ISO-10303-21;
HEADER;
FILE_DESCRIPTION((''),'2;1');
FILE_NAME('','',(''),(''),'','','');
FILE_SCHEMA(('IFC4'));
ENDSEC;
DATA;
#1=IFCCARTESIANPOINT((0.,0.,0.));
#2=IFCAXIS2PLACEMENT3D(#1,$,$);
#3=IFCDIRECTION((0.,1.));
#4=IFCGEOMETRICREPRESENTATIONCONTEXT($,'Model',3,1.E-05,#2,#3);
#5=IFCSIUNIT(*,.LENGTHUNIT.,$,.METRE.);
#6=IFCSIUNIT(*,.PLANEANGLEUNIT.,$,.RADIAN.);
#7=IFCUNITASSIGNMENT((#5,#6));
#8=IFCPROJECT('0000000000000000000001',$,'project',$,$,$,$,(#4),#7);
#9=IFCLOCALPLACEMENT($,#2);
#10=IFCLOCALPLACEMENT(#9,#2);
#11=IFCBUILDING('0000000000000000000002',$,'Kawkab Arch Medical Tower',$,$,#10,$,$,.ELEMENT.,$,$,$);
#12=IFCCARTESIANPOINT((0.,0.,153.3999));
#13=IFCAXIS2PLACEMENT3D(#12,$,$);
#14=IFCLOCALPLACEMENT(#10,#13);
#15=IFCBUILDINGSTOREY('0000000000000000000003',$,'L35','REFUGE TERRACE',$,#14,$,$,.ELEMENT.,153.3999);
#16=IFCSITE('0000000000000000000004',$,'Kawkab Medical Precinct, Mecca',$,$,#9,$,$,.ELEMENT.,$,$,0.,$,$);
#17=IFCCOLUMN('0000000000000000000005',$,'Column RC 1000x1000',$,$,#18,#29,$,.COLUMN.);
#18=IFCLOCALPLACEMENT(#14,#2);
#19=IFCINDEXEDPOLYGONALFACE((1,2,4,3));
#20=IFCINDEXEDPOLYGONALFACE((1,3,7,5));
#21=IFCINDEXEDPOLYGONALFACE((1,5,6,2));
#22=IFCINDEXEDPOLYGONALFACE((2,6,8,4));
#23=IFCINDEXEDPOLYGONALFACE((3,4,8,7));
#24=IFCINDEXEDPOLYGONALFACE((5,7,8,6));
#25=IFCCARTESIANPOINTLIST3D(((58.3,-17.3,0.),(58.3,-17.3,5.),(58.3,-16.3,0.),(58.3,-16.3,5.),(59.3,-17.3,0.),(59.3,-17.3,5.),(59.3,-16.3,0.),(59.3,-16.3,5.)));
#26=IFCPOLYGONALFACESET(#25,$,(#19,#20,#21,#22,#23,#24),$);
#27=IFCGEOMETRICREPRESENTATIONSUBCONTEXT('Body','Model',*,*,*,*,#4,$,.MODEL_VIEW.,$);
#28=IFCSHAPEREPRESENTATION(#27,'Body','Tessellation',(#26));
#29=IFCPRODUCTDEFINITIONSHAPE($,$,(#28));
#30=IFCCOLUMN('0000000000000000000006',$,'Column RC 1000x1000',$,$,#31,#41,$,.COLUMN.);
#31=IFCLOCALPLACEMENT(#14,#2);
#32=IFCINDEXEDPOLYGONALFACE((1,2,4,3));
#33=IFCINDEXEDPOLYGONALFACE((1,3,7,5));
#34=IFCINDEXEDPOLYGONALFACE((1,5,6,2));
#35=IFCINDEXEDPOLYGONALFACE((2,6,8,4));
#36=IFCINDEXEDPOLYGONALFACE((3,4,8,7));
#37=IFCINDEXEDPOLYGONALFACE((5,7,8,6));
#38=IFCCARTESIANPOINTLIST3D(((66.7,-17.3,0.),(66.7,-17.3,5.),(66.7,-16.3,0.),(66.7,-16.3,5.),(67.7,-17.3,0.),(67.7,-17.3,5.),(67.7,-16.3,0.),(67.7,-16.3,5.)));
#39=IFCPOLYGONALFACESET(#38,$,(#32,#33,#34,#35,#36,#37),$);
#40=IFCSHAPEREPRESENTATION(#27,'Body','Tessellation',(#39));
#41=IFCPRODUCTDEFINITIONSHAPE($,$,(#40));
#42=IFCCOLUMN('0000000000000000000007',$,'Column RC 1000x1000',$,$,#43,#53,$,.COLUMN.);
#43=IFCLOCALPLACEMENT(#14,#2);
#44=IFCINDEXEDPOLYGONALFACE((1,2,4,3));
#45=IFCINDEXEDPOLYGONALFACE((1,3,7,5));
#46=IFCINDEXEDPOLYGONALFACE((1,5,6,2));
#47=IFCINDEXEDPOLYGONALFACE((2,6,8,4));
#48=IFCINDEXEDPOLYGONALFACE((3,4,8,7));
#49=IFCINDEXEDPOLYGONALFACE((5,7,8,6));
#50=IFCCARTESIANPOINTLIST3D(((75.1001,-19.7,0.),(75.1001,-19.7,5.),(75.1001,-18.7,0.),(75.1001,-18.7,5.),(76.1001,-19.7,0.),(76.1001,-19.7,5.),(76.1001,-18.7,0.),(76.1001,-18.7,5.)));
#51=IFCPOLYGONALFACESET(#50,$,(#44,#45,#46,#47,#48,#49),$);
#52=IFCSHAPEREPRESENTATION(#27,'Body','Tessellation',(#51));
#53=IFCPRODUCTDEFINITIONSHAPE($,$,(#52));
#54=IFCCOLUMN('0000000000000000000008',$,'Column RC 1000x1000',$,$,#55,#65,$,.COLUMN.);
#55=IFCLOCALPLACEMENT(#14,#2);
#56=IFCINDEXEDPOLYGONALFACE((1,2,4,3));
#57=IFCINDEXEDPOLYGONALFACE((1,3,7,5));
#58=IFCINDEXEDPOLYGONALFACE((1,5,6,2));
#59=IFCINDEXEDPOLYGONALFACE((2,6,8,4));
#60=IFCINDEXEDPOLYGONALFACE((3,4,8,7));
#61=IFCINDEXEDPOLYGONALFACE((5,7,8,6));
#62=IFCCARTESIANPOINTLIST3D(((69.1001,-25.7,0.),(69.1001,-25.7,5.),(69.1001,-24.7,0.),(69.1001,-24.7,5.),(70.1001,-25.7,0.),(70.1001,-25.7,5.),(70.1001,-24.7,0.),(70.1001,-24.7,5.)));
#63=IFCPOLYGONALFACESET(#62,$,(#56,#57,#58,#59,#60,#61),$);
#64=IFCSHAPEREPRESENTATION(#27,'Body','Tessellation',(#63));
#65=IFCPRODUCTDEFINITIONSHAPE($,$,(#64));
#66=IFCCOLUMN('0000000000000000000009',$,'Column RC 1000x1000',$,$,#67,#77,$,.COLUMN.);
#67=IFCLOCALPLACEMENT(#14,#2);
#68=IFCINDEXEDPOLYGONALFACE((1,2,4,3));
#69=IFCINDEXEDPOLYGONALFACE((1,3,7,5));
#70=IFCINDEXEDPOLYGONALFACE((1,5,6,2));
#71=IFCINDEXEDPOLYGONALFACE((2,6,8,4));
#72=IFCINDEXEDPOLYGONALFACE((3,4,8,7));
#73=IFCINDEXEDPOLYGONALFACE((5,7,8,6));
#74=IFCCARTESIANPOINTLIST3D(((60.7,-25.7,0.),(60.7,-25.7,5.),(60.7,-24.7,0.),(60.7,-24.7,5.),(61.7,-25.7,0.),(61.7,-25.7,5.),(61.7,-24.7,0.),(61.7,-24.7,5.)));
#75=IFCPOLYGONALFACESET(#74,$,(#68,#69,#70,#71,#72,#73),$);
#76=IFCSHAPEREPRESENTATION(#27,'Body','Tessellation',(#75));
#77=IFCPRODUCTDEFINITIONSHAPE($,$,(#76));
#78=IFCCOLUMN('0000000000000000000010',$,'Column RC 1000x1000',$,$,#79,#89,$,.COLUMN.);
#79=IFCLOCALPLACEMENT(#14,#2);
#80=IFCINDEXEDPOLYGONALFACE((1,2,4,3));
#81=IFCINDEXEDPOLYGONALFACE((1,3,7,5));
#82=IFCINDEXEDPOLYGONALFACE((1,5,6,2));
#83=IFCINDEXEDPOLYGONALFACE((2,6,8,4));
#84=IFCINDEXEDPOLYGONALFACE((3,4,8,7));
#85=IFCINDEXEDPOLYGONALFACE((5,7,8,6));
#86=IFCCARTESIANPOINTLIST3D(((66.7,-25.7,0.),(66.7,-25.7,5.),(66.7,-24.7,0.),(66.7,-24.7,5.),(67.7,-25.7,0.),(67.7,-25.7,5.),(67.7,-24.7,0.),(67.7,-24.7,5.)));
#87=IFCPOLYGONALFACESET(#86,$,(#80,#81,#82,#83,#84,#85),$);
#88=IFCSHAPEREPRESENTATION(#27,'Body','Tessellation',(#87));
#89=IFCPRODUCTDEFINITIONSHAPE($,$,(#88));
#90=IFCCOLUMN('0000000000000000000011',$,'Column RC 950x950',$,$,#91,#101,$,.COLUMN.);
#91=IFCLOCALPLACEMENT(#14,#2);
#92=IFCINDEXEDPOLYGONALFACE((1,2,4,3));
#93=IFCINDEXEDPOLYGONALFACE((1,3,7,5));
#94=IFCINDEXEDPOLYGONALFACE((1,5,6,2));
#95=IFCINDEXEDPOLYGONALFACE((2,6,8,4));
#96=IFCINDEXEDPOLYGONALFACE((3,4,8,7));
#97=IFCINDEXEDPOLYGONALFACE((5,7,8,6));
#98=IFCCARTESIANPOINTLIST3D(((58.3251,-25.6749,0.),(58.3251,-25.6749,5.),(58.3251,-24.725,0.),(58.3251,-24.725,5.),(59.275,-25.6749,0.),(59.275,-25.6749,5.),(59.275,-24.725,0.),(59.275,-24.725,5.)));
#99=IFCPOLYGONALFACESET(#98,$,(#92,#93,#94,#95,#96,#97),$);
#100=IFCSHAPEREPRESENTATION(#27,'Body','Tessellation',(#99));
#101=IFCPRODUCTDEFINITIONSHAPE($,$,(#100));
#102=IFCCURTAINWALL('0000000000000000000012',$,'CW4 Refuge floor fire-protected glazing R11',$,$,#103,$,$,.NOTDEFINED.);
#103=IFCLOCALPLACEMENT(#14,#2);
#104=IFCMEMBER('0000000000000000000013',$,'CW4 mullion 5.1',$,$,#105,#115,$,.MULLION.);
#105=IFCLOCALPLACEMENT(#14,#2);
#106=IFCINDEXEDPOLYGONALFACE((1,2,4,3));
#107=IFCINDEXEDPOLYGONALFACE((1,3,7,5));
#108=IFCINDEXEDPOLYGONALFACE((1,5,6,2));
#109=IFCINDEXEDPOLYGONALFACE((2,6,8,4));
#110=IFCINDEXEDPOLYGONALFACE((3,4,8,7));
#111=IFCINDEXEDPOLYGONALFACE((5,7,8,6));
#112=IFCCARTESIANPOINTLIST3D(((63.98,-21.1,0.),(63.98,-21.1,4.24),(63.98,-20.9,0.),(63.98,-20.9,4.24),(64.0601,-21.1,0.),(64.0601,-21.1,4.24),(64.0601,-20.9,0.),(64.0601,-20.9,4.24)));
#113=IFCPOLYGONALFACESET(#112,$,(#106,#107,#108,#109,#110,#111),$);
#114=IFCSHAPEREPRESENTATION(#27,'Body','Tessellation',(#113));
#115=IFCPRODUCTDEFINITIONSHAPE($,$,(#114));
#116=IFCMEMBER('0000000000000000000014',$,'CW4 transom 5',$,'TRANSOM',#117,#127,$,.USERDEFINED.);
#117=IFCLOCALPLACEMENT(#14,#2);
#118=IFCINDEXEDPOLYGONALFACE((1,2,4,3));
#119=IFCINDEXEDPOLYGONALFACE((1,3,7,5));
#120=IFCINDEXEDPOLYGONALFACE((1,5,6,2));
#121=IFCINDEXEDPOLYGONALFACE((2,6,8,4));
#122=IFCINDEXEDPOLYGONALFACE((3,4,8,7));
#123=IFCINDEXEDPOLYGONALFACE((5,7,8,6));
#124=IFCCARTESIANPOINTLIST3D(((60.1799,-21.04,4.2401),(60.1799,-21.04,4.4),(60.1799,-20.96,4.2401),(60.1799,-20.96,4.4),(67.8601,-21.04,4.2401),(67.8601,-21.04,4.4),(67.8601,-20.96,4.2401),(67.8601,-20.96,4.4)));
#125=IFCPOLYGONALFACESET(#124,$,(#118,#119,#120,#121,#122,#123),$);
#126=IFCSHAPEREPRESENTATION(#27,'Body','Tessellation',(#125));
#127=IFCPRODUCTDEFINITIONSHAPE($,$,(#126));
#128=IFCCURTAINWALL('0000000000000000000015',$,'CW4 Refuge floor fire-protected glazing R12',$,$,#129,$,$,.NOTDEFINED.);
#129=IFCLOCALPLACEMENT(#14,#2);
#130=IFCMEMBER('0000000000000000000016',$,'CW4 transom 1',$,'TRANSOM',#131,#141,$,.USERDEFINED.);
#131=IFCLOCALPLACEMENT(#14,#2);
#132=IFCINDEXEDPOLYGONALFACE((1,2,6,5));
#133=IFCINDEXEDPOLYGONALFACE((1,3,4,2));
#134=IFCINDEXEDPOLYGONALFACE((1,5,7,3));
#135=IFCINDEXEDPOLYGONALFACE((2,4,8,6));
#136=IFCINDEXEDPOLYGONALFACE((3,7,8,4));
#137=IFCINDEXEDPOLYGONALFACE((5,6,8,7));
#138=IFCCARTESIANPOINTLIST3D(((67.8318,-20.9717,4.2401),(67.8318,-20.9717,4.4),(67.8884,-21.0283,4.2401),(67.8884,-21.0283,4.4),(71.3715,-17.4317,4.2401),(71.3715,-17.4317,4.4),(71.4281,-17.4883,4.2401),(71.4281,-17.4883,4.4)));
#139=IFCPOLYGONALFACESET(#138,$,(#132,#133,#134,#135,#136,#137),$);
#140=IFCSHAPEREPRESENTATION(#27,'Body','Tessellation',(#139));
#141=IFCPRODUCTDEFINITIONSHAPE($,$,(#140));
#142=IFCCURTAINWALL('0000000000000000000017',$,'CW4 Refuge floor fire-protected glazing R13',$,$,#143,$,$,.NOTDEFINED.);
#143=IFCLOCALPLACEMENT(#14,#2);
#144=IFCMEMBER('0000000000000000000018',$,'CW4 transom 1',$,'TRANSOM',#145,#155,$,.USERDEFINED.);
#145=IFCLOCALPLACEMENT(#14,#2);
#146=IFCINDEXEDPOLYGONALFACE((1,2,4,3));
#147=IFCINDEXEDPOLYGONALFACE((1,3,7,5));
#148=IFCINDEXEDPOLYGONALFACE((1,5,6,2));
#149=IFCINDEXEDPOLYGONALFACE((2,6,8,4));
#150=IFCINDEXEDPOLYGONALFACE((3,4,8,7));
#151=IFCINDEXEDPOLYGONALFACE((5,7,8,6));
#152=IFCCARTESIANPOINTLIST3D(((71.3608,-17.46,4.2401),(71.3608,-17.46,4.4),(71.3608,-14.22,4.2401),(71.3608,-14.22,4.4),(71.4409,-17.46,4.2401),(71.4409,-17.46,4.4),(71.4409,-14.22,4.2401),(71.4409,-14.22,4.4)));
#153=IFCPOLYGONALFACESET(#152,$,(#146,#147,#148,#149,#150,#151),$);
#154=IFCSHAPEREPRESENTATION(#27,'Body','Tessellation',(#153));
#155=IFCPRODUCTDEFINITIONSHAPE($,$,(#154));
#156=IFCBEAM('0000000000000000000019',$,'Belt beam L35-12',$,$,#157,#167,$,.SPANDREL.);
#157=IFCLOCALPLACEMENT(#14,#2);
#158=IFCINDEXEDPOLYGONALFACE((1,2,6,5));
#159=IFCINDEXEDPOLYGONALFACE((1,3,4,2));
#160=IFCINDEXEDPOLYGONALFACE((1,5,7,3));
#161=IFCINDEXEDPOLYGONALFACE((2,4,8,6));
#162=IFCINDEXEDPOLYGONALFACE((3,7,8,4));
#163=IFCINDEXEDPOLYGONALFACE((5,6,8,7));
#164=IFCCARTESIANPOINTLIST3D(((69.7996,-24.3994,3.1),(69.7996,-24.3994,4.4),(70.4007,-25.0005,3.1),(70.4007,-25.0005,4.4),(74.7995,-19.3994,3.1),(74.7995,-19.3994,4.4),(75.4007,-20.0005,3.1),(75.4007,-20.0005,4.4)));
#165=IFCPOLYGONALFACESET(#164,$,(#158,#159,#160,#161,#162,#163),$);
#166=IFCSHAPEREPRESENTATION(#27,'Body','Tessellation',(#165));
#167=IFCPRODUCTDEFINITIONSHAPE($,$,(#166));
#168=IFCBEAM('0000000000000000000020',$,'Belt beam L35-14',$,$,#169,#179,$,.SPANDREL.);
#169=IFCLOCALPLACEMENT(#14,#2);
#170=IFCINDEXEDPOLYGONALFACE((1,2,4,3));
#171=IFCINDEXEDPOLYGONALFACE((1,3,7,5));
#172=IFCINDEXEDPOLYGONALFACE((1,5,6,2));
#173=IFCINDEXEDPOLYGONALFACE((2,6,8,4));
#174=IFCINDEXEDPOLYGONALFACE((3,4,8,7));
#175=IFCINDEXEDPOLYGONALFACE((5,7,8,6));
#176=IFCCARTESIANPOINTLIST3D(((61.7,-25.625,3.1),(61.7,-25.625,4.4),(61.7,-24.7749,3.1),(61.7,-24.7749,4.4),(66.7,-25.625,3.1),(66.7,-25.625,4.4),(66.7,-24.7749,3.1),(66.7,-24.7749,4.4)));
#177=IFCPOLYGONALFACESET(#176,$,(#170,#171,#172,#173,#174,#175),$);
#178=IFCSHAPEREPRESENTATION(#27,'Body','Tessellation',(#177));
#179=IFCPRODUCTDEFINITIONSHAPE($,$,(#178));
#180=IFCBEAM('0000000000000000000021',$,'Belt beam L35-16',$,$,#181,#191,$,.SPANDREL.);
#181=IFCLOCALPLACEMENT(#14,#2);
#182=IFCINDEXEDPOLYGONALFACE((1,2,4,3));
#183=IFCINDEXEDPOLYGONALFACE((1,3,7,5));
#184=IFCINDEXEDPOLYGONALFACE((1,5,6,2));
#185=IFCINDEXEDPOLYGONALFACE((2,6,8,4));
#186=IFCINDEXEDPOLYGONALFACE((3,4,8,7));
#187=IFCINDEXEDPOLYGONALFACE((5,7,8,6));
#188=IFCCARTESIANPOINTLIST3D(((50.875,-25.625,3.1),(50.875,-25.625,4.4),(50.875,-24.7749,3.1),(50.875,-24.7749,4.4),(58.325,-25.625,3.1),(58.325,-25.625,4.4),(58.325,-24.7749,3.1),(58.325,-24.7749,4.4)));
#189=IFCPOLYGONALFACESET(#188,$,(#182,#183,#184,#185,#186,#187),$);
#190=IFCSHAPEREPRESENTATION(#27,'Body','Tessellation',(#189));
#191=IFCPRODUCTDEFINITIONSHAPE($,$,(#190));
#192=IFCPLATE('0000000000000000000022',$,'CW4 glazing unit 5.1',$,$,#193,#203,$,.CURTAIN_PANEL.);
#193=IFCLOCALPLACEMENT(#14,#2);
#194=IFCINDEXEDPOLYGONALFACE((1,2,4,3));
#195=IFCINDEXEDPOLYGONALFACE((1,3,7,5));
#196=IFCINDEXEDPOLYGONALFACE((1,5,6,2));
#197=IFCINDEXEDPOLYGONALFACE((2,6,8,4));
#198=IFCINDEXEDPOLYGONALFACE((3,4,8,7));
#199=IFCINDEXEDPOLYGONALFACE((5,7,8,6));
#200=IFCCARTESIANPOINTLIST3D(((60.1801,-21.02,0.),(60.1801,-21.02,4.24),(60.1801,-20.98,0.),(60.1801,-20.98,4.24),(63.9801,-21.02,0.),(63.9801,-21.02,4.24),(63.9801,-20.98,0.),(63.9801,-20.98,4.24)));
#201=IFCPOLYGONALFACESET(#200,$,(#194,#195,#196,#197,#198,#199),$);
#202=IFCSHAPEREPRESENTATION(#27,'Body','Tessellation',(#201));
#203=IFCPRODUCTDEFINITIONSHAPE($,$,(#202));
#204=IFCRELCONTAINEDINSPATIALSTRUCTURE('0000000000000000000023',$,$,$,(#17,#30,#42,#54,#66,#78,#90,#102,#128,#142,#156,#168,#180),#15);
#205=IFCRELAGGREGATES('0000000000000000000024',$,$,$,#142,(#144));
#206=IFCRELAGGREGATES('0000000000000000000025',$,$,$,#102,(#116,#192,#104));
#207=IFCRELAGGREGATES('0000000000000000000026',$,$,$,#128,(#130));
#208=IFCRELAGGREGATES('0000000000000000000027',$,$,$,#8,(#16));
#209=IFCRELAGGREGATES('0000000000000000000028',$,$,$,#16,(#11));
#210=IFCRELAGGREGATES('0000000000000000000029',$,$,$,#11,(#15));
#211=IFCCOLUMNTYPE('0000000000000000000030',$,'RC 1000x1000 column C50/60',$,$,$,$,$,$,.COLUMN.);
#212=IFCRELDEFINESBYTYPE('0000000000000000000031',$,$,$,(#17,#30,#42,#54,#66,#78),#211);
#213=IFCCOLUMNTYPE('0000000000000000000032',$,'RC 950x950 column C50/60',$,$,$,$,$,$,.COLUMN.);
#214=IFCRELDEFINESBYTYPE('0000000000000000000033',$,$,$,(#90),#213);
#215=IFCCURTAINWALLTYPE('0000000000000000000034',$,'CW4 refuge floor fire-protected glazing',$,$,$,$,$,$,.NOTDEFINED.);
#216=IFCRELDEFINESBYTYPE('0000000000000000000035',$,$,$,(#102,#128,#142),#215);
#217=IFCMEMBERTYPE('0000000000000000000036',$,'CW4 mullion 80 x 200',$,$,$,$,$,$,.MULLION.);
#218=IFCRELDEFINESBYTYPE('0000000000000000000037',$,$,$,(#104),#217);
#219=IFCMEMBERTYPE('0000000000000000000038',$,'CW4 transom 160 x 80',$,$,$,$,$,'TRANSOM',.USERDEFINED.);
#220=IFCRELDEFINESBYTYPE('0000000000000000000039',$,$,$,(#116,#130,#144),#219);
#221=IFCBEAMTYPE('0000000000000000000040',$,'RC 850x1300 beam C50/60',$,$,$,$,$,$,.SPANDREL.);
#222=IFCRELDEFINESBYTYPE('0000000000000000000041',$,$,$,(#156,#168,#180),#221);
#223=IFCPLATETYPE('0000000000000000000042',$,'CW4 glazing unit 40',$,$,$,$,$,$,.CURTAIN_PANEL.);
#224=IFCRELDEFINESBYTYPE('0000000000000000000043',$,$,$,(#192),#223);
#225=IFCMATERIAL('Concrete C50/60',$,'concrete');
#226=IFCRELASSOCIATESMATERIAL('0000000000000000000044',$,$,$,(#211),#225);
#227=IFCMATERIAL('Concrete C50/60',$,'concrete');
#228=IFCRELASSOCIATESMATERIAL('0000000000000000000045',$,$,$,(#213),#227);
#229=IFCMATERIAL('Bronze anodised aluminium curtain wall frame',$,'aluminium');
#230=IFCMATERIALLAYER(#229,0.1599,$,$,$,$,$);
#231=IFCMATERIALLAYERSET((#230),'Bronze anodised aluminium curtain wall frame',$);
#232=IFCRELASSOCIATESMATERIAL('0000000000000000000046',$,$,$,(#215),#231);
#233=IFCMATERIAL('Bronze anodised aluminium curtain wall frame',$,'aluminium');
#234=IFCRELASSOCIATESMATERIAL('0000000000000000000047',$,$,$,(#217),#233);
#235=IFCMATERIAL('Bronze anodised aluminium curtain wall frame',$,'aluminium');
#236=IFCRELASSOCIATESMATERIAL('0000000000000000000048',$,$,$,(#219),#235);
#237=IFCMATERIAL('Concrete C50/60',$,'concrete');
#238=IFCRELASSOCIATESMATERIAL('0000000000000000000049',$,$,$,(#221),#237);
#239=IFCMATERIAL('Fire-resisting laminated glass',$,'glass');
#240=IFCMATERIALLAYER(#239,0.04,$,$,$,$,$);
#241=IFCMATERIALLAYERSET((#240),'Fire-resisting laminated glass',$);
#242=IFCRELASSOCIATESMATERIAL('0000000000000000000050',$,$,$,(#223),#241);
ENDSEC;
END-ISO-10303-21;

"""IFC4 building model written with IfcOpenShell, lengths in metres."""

from ifc_helpers import new_model, si_unit, direction, frame, origin, origin_2d, place, context, subcontext, project, spatial, rectangle, extrude, material, layer, layer_set, material_profile, profile_set, type_object, element, aggregate, save


model = new_model("IFC4")

# Units and contexts
model_context = context("Model", 3, precision=1e-05, world=origin(), true_north=direction((0.0, 1.0)))
body_context = subcontext(model_context, "Body", "Model", "MODEL_VIEW")
ifc_project = project(units=[si_unit("LENGTHUNIT", "METRE"), si_unit("PLANEANGLEUNIT", "RADIAN")], contexts=[model_context])

# Site, building, storey
site_placement = place(None, origin())
site = spatial("IfcSite", under=ifc_project, at=site_placement, Name="Kawkab Medical Precinct, Mecca", CompositionType="ELEMENT", RefElevation=0.0)
building_placement = place(site_placement, origin())
building = spatial("IfcBuilding", under=site, at=building_placement, Name="Kawkab Arch Medical Tower", CompositionType="ELEMENT")
storey_placement = place(building_placement, frame((0.0, 0.0, 153.3999)))
storey = spatial("IfcBuildingStorey", under=building, at=storey_placement, Name="L35", Description="REFUGE TERRACE", CompositionType="ELEMENT", Elevation=153.3999)

# Columns
ifc_material_1 = material(Name="Concrete C50/60", Category="concrete")
ifc_material_profile_1 = material_profile(ifc_material_1, rectangle(XDim=1.0, YDim=1.0, at=origin_2d()), Name="RC 1000x1000")
ifc_profile_set_1 = profile_set([ifc_material_profile_1], Name="Concrete C50/60")
column_type_1 = type_object("IfcColumnType", Name="RC 1000x1000 column C50/60", PredefinedType="COLUMN", material=ifc_profile_set_1)
for number, where, z_axis, x_axis, name in (
    (1, (58.8, -16.8, 0.0), (0.0, 0.0, 1.0), (1.0, 0.0, 0.0), "Column RC 1000x1000"),
    (2, (67.2, -16.8, 0.0), (0.0, 0.0, 1.0), (1.0, 0.0, 0.0), "Column RC 1000x1000"),
    (3, (75.6001, -19.2, 0.0), (0.0, 0.0, 1.0), (1.0, 0.0, 0.0), "Column RC 1000x1000"),
    (4, (69.6001, -25.2, 0.0), (0.0, 0.0, 1.0), (1.0, 0.0, 0.0), "Column RC 1000x1000"),
    (5, (61.2, -25.2, 0.0), (0.0, 0.0, 1.0), (1.0, 0.0, 0.0), "Column RC 1000x1000"),
    (6, (67.2, -25.2, 0.0), (0.0, 0.0, 1.0), (1.0, 0.0, 0.0), "Column RC 1000x1000"),
):
    element("IfcColumn", number, at=place(storey_placement, frame(where, z_axis=z_axis, x_axis=x_axis)), inside=storey, type_object=column_type_1, Name=name, PredefinedType="COLUMN", context=body_context, shape_type="SweptSolid", body=[
        extrude(rectangle(XDim=1.0, YDim=1.0, at=origin_2d()), origin(), (0.0, 0.0, 1.0), 5.0),
    ])
ifc_material_2 = material(Name="Concrete C50/60", Category="concrete")
ifc_material_profile_2 = material_profile(ifc_material_2, rectangle(XDim=0.95, YDim=0.95, at=origin_2d()), Name="RC 950x950")
ifc_profile_set_2 = profile_set([ifc_material_profile_2], Name="Concrete C50/60")
column_type_2 = type_object("IfcColumnType", Name="RC 950x950 column C50/60", PredefinedType="COLUMN", material=ifc_profile_set_2)
column_placement = place(storey_placement, frame((58.8, -25.2, 0.0), z_axis=(0.0, 0.0, 1.0), x_axis=(1.0, 0.0, 0.0)))
element("IfcColumn", 7, at=column_placement, inside=storey, type_object=column_type_2, Name="Column RC 950x950", PredefinedType="COLUMN", context=body_context, shape_type="SweptSolid", body=[
    extrude(rectangle(XDim=0.95, YDim=0.95, at=origin_2d()), origin(), (0.0, 0.0, 1.0), 5.0),
])

# Curtain wall, members
ifc_material_3 = material(Name="Bronze anodised aluminium curtain wall frame", Category="aluminium")
ifc_layer_1 = layer(ifc_material_3, 0.1599)
ifc_layer_set_1 = layer_set([ifc_layer_1], Name="Bronze anodised aluminium curtain wall frame")
curtain_wall_type = type_object("IfcCurtainWallType", Name="CW4 refuge floor fire-protected glazing", PredefinedType="NOTDEFINED", material=ifc_layer_set_1)
placement = place(storey_placement, origin())
curtain_wall_1 = element("IfcCurtainWall", 8, at=placement, inside=storey, type_object=curtain_wall_type, Name="CW4 Refuge floor fire-protected glazing R11", PredefinedType="NOTDEFINED")
ifc_material_4 = material(Name="Bronze anodised aluminium curtain wall frame", Category="aluminium")
ifc_material_profile_3 = material_profile(ifc_material_4, rectangle(XDim=0.2, YDim=0.0801, at=origin_2d()), Name="AL 80x200")
ifc_profile_set_3 = profile_set([ifc_material_profile_3], Name="Bronze anodised aluminium curtain wall frame")
member_type_1 = type_object("IfcMemberType", Name="CW4 mullion 80 x 200", PredefinedType="MULLION", material=ifc_profile_set_3)
member_1_placement = place(storey_placement, frame((64.02, -21.0, 0.0), z_axis=(0.0, 0.0, 1.0), x_axis=(0.0, 1.0, 0.0)))
member_1 = element("IfcMember", 9, at=member_1_placement, type_object=member_type_1, Name="CW4 mullion 5.1", PredefinedType="MULLION", context=body_context, shape_type="SweptSolid", body=[
    extrude(rectangle(XDim=0.2, YDim=0.0801, at=origin_2d()), origin(), (0.0, 0.0, 1.0), 4.24),
])
ifc_material_5 = material(Name="Bronze anodised aluminium curtain wall frame", Category="aluminium")
ifc_material_profile_4 = material_profile(ifc_material_5, rectangle(XDim=0.0801, YDim=0.1599, at=origin_2d()), Name="AL 80x160")
ifc_profile_set_4 = profile_set([ifc_material_profile_4], Name="Bronze anodised aluminium curtain wall frame")
member_type_2 = type_object("IfcMemberType", Name="CW4 transom 160 x 80", ElementType="TRANSOM", PredefinedType="USERDEFINED", material=ifc_profile_set_4)
member_2_placement = place(storey_placement, frame((60.1799, -21.0, 4.3201), z_axis=(1.0, 0.0, 0.0), x_axis=(0.0, 1.0, 0.0)))
member_2 = element("IfcMember", 10, at=member_2_placement, type_object=member_type_2, Name="CW4 transom 5", ObjectType="TRANSOM", PredefinedType="USERDEFINED", context=body_context, shape_type="SweptSolid", body=[
    extrude(rectangle(XDim=0.0801, YDim=0.1599, at=origin_2d()), origin(), (0.0, 0.0, 1.0), 7.6802),
])

# Curtain walls, members
curtain_wall_2 = element("IfcCurtainWall", 11, at=placement, inside=storey, type_object=curtain_wall_type, Name="CW4 Refuge floor fire-protected glazing R12", PredefinedType="NOTDEFINED")
member_3_placement = place(storey_placement, frame((67.8601, -21.0, 4.3201), z_axis=(0.707082, 0.707131, 0.0), x_axis=(-0.707131, 0.707082, 0.0)))
member_3 = element("IfcMember", 12, at=member_3_placement, type_object=member_type_2, Name="CW4 transom 1", ObjectType="TRANSOM", PredefinedType="USERDEFINED", context=body_context, shape_type="SweptSolid", body=[
    extrude(rectangle(XDim=0.0801, YDim=0.1599, at=origin_2d()), origin(), (0.0, 0.0, 1.0), 5.0061),
])
curtain_wall_3 = element("IfcCurtainWall", 13, at=placement, inside=storey, type_object=curtain_wall_type, Name="CW4 Refuge floor fire-protected glazing R13", PredefinedType="NOTDEFINED")
member_4_placement = place(storey_placement, frame((71.4009, -17.46, 4.3201), z_axis=(0.0, 1.0, 0.0), x_axis=(-1.0, 0.0, 0.0)))
member_4 = element("IfcMember", 14, at=member_4_placement, type_object=member_type_2, Name="CW4 transom 1", ObjectType="TRANSOM", PredefinedType="USERDEFINED", context=body_context, shape_type="SweptSolid", body=[
    extrude(rectangle(XDim=0.0801, YDim=0.1599, at=origin_2d()), origin(), (0.0, 0.0, 1.0), 3.24),
])
aggregate(curtain_wall_3, [member_4])

# Beams
ifc_material_6 = material(Name="Concrete C50/60", Category="concrete")
ifc_material_profile_5 = material_profile(ifc_material_6, rectangle(XDim=0.8501, YDim=1.3, at=origin_2d()), Name="RC 850x1300")
ifc_profile_set_5 = profile_set([ifc_material_profile_5], Name="Concrete C50/60")
beam_type = type_object("IfcBeamType", Name="RC 850x1300 beam C50/60", PredefinedType="SPANDREL", material=ifc_profile_set_5)
beam_1_placement = place(storey_placement, frame((75.1001, -19.7, 3.75), z_axis=(-0.707107, -0.707107, 0.0), x_axis=(0.707107, -0.707107, 0.0)))
element("IfcBeam", 15, at=beam_1_placement, inside=storey, type_object=beam_type, Name="Belt beam L35-12", PredefinedType="SPANDREL", context=body_context, shape_type="SweptSolid", body=[
    extrude(rectangle(XDim=0.8501, YDim=1.3, at=origin_2d()), origin(), (0.0, 0.0, 1.0), 7.071),
])
beam_2_placement = place(storey_placement, frame((66.7, -25.2, 3.75), z_axis=(-1.0, 0.0, 0.0), x_axis=(0.0, -1.0, 0.0)))
element("IfcBeam", 16, at=beam_2_placement, inside=storey, type_object=beam_type, Name="Belt beam L35-14", PredefinedType="SPANDREL", context=body_context, shape_type="SweptSolid", body=[
    extrude(rectangle(XDim=0.8501, YDim=1.3, at=origin_2d()), origin(), (0.0, 0.0, 1.0), 5.0),
])
beam_3_placement = place(storey_placement, frame((58.325, -25.2, 3.75), z_axis=(-1.0, 0.0, 0.0), x_axis=(0.0, -1.0, 0.0)))
element("IfcBeam", 17, at=beam_3_placement, inside=storey, type_object=beam_type, Name="Belt beam L35-16", PredefinedType="SPANDREL", context=body_context, shape_type="SweptSolid", body=[
    extrude(rectangle(XDim=0.8501, YDim=1.3, at=origin_2d()), origin(), (0.0, 0.0, 1.0), 7.45),
])

# Plate
ifc_material_7 = material(Name="Fire-resisting laminated glass", Category="glass")
ifc_layer_2 = layer(ifc_material_7, 0.04)
ifc_layer_set_2 = layer_set([ifc_layer_2], Name="Fire-resisting laminated glass")
plate_type = type_object("IfcPlateType", Name="CW4 glazing unit 40", PredefinedType="CURTAIN_PANEL", material=ifc_layer_set_2)
plate_1_placement = place(storey_placement, frame((62.0801, -21.0, 0.0), z_axis=(0.0, 0.0, 1.0), x_axis=(1.0, 0.0, 0.0)))
plate_1 = element("IfcPlate", 18, at=plate_1_placement, type_object=plate_type, Name="CW4 glazing unit 5.1", PredefinedType="CURTAIN_PANEL", context=body_context, shape_type="SweptSolid", body=[
    extrude(rectangle(XDim=3.8, YDim=0.04, at=origin_2d()), origin(), (0.0, 0.0, 1.0), 4.24),
])
aggregate(curtain_wall_1, [member_2, plate_1, member_1])
aggregate(curtain_wall_2, [member_3])

save(model, "model.ifc")
